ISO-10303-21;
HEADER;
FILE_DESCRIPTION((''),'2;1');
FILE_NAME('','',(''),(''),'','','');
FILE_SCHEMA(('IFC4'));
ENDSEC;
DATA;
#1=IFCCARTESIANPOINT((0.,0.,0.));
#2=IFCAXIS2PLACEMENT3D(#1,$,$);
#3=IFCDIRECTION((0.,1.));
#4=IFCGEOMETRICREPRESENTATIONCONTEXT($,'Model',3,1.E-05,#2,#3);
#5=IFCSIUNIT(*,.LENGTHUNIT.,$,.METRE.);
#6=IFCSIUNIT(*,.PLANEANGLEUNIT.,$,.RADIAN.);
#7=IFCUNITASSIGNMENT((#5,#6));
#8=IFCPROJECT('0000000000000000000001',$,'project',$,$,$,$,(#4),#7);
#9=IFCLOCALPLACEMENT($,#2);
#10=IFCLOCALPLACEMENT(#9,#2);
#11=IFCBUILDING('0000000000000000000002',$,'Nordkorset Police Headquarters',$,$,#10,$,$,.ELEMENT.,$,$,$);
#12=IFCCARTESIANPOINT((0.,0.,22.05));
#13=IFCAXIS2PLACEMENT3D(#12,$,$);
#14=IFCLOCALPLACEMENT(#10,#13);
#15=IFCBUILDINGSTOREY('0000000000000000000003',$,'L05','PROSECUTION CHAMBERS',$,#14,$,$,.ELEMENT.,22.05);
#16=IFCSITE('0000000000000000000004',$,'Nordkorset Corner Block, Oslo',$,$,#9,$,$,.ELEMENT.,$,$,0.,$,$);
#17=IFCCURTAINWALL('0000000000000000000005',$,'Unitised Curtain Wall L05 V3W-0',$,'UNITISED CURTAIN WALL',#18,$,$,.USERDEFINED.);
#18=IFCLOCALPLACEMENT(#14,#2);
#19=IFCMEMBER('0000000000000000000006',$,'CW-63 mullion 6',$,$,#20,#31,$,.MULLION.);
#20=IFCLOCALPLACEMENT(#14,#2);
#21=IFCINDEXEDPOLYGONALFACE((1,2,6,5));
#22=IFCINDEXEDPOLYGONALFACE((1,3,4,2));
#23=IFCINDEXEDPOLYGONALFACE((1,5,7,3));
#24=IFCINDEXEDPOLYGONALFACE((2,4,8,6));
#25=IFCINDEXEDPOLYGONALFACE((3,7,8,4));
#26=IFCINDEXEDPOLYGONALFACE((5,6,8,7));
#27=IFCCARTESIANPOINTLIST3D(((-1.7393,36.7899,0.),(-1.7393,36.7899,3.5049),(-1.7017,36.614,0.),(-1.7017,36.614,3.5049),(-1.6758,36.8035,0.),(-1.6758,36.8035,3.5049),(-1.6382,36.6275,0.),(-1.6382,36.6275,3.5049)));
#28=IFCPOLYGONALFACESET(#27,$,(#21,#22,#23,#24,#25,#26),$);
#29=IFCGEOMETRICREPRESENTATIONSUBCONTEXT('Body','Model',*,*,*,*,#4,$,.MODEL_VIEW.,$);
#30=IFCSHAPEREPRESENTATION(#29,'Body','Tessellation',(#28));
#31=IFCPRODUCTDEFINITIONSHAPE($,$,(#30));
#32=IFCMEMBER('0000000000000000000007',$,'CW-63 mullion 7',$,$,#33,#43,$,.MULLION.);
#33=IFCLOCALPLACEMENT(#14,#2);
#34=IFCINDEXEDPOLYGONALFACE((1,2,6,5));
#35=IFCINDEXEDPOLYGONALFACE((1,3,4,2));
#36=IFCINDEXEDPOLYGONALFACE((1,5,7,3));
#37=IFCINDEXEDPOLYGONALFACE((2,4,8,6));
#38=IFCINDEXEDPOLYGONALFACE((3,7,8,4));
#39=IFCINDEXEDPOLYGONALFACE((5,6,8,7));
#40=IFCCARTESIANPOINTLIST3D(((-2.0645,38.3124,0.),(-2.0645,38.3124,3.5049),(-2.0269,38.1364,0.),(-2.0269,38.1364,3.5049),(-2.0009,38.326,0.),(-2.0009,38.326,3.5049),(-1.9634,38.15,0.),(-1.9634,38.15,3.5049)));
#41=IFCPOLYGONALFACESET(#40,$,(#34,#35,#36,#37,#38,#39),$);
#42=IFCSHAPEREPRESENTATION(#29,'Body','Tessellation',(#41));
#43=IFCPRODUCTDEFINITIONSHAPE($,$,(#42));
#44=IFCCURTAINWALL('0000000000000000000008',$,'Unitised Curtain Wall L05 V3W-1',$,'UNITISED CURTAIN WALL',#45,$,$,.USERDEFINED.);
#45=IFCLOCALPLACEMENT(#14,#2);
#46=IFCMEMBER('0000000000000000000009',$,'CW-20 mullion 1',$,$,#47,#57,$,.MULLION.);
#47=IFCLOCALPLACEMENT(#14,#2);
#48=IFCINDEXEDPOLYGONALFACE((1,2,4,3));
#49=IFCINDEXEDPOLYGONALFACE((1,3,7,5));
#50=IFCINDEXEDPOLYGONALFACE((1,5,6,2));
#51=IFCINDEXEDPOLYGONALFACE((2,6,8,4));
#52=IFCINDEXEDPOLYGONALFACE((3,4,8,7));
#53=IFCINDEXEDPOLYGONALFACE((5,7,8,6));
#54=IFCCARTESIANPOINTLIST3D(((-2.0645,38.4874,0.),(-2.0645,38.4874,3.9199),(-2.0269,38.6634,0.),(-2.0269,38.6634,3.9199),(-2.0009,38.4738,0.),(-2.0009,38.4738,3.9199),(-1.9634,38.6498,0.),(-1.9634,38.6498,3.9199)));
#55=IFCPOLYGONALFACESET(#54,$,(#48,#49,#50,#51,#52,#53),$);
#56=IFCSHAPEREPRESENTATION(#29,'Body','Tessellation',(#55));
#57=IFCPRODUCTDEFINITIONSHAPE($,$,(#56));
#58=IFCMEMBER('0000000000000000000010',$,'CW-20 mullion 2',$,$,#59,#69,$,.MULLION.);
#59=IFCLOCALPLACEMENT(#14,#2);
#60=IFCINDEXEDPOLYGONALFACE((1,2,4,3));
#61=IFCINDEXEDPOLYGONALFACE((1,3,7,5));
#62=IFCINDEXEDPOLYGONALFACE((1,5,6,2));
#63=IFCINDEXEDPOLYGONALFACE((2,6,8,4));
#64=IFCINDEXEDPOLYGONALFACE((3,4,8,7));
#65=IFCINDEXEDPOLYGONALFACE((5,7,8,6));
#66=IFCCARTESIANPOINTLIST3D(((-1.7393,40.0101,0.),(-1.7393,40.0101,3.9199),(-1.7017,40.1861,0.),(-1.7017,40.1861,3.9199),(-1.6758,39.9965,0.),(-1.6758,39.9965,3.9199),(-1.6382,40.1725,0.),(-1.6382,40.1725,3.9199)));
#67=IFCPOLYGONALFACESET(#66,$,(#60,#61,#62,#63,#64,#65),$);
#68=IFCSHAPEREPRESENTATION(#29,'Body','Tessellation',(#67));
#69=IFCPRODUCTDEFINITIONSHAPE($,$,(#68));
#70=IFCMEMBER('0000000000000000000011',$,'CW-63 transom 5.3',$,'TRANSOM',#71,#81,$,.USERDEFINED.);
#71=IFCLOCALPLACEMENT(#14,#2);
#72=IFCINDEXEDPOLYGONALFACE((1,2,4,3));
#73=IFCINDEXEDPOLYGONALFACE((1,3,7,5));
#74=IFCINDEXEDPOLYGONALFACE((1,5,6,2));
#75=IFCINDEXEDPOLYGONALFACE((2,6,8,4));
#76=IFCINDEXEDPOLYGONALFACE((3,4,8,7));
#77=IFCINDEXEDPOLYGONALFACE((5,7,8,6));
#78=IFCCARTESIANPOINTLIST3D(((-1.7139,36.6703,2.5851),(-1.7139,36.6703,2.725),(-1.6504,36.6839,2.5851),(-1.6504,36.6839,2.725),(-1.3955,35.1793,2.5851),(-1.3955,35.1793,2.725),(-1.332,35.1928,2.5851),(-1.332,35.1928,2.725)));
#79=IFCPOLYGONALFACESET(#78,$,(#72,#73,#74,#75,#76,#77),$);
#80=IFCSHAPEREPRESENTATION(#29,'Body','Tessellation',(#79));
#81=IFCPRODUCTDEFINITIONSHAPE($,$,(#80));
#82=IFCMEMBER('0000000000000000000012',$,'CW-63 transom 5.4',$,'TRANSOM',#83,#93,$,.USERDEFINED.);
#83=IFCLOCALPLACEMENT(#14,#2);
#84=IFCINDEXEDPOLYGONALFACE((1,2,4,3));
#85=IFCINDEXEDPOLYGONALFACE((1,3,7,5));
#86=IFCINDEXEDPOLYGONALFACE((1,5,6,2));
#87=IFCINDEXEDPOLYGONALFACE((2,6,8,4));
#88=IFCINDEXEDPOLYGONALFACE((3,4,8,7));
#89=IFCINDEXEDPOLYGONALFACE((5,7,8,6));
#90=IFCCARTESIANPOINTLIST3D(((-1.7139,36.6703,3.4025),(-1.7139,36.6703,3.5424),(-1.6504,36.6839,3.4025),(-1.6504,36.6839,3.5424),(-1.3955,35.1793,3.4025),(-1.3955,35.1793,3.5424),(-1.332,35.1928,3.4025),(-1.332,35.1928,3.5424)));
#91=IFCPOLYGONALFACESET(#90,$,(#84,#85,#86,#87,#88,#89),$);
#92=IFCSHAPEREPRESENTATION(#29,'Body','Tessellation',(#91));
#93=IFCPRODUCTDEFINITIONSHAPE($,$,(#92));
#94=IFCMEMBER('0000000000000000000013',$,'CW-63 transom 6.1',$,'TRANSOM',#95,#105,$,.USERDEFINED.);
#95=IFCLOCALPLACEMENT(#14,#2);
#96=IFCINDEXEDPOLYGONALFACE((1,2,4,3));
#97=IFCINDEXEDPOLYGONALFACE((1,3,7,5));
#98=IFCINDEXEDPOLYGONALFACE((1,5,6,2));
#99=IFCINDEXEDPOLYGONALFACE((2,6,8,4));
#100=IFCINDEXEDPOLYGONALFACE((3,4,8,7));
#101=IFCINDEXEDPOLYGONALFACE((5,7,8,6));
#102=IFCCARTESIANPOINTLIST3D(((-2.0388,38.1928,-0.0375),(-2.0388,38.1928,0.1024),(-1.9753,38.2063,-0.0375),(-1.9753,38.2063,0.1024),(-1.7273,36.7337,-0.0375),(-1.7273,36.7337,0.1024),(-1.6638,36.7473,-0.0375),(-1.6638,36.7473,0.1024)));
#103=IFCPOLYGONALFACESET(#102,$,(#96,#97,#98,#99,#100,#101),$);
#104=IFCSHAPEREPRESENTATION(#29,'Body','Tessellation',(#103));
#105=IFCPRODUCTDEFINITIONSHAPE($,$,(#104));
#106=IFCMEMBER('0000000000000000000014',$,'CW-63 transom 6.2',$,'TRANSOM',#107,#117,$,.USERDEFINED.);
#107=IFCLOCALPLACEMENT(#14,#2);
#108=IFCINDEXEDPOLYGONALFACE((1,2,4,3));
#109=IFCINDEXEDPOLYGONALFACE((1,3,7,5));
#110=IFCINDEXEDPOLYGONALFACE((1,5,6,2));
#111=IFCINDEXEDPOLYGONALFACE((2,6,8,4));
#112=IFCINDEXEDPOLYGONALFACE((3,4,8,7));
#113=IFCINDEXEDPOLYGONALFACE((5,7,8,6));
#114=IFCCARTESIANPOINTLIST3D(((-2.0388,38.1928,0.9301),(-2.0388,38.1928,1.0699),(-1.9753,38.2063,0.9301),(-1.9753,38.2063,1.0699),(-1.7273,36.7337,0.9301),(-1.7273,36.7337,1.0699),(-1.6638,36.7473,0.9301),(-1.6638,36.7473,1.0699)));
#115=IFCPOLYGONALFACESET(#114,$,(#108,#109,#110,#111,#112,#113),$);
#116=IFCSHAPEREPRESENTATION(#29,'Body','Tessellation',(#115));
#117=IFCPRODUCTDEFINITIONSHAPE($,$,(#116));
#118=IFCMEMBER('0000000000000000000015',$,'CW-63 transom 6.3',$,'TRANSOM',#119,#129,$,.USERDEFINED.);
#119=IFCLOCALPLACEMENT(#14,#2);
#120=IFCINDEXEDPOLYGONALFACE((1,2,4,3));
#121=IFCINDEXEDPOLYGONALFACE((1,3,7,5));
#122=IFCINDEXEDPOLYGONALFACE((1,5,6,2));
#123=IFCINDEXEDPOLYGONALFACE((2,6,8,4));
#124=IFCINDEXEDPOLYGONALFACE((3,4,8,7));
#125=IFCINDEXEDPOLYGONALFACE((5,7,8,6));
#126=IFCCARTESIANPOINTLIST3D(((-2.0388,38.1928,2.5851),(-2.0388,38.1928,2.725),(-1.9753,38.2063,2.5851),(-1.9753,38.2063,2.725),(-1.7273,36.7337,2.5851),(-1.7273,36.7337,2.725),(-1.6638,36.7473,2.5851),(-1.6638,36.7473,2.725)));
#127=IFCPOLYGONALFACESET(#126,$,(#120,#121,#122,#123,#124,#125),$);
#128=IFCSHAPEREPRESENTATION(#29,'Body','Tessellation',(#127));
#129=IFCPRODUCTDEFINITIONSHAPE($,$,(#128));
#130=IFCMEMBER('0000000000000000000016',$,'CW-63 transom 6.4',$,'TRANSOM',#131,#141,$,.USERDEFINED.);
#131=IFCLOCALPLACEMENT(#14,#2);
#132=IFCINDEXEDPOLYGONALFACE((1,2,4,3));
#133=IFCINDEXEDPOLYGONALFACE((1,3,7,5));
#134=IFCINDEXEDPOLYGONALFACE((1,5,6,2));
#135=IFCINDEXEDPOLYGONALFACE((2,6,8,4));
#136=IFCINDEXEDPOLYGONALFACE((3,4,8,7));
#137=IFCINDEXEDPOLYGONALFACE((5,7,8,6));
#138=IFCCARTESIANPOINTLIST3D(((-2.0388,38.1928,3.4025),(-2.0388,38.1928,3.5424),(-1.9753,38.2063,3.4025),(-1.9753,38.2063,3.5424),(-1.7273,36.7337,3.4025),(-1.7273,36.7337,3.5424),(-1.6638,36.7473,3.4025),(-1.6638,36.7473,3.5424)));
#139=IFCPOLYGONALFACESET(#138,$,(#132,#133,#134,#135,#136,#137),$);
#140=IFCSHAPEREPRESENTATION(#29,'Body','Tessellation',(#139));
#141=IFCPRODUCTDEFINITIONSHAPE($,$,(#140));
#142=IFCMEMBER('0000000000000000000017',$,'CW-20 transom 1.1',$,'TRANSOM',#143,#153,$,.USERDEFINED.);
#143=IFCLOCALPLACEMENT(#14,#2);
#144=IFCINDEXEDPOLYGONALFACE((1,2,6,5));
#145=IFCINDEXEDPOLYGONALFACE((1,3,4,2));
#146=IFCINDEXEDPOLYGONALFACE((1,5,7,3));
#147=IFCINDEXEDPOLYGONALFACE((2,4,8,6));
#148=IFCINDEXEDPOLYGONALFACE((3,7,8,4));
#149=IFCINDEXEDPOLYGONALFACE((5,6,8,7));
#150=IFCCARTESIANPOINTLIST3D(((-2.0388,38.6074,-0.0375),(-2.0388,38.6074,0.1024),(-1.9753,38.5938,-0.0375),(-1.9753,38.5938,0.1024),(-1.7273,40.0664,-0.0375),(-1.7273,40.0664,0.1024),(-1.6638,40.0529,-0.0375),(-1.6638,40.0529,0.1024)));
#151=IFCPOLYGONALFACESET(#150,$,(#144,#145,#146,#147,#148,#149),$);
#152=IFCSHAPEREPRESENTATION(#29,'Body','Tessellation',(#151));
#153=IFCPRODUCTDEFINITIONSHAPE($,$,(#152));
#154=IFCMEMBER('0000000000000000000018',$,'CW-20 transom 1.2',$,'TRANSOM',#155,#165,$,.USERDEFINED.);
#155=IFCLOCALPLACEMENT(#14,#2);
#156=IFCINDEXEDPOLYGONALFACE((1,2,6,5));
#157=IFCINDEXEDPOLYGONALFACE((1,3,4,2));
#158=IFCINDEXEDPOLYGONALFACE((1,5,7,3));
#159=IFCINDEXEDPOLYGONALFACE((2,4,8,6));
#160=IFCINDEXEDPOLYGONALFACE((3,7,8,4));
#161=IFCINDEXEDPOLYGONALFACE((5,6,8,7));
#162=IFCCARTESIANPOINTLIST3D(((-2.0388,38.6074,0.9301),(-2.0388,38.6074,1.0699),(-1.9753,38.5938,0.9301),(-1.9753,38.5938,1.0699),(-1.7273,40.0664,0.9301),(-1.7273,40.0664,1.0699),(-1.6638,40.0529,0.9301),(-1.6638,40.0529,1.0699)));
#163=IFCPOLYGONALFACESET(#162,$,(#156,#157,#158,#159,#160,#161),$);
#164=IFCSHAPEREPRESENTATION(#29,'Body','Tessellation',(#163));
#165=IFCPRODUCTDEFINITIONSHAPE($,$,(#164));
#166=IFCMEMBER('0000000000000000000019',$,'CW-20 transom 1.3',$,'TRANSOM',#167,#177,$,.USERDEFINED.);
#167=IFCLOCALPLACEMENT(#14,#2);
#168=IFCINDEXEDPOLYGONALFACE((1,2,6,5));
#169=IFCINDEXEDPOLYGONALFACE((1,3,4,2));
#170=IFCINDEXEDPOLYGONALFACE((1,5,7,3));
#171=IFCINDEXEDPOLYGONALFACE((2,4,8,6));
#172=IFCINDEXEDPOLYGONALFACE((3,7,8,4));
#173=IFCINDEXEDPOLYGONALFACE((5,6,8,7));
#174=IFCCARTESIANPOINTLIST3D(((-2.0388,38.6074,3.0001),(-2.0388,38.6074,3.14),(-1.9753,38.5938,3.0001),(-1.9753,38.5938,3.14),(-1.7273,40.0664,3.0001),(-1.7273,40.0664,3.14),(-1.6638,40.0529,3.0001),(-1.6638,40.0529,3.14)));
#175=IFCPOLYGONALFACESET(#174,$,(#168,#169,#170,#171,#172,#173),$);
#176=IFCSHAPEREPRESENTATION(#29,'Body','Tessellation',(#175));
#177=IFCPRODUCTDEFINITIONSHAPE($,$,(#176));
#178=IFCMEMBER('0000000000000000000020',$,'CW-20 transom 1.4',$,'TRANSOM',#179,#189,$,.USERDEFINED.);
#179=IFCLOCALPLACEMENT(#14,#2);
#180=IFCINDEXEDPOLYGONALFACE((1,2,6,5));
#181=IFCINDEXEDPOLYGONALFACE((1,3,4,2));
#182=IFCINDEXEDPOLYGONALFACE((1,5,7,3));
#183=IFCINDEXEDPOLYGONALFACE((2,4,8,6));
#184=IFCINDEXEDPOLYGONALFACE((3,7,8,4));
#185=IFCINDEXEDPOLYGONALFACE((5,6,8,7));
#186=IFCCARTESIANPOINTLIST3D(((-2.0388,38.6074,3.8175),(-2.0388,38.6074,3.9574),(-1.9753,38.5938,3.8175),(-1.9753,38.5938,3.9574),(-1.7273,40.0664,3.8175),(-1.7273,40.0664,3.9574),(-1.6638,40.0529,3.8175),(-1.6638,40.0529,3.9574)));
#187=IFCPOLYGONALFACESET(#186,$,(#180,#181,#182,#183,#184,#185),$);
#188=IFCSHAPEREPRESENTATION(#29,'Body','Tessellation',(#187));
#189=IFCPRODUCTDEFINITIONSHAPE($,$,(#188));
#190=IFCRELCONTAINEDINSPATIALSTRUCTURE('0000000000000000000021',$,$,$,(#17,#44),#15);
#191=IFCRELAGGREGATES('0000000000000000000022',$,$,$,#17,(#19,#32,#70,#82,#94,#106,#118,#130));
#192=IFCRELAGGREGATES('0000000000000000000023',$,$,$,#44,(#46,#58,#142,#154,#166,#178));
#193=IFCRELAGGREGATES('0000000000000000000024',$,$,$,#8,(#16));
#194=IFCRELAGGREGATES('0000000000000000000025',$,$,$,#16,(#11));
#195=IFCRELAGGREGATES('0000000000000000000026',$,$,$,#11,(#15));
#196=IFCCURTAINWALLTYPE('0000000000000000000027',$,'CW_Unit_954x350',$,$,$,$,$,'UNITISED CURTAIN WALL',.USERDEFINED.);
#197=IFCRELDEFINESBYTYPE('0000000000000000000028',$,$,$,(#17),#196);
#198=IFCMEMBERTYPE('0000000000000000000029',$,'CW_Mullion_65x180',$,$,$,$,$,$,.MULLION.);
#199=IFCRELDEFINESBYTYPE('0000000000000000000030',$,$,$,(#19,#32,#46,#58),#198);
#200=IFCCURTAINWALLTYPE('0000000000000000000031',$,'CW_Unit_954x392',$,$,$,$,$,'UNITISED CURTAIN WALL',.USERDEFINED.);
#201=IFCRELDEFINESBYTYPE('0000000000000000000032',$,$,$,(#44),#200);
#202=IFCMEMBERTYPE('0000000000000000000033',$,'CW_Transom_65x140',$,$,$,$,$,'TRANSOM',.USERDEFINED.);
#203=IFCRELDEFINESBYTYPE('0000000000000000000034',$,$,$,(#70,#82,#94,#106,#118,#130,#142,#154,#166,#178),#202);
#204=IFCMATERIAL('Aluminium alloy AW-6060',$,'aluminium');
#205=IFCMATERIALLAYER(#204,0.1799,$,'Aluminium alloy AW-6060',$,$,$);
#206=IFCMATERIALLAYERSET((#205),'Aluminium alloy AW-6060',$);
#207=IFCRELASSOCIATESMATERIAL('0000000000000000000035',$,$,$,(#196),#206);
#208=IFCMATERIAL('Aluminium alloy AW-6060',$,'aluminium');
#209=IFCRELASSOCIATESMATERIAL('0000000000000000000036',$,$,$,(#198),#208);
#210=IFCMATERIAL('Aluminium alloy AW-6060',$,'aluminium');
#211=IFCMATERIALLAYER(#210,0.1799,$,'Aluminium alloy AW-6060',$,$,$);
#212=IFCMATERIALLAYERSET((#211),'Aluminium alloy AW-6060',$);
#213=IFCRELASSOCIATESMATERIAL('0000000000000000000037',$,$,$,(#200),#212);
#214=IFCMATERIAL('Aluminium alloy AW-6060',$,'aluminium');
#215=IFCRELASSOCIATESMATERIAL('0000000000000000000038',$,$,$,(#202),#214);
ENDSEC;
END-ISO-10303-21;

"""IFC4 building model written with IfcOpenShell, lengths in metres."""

from ifc_helpers import new_model, si_unit, direction, frame, origin, origin_2d, place, context, subcontext, project, spatial, rectangle, extrude, material, layer, layer_set, material_profile, profile_set, type_object, element, aggregate, save


model = new_model("IFC4")

# Units and contexts
model_context = context("Model", 3, precision=1e-05, world=origin(), true_north=direction((0.0, 1.0)))
body_context = subcontext(model_context, "Body", "Model", "MODEL_VIEW")
ifc_project = project(units=[si_unit("LENGTHUNIT", "METRE"), si_unit("PLANEANGLEUNIT", "RADIAN")], contexts=[model_context])

# Site, building, storey
site_placement = place(None, origin())
site = spatial("IfcSite", under=ifc_project, at=site_placement, Name="Nordkorset Corner Block, Oslo", CompositionType="ELEMENT", RefElevation=0.0)
building_placement = place(site_placement, origin())
building = spatial("IfcBuilding", under=site, at=building_placement, Name="Nordkorset Police Headquarters", CompositionType="ELEMENT")
storey_placement = place(building_placement, frame((0.0, 0.0, 22.05)))
storey = spatial("IfcBuildingStorey", under=building, at=storey_placement, Name="L05", Description="PROSECUTION CHAMBERS", CompositionType="ELEMENT", Elevation=22.05)

# Curtain walls, members
ifc_material_1 = material(Name="Aluminium alloy AW-6060", Category="aluminium")
ifc_layer_1 = layer(ifc_material_1, 0.1799, Name="Aluminium alloy AW-6060")
ifc_layer_set_1 = layer_set([ifc_layer_1], Name="Aluminium alloy AW-6060")
curtain_wall_type_1 = type_object("IfcCurtainWallType", Name="CW_Unit_954x350", ElementType="UNITISED CURTAIN WALL", PredefinedType="USERDEFINED", material=ifc_layer_set_1)
curtain_wall_1_placement = place(storey_placement, origin())
curtain_wall_1 = element("IfcCurtainWall", 1, at=curtain_wall_1_placement, inside=storey, type_object=curtain_wall_type_1, Name="Unitised Curtain Wall L05 V3W-0", ObjectType="UNITISED CURTAIN WALL", PredefinedType="USERDEFINED")
ifc_material_2 = material(Name="Aluminium alloy AW-6060", Category="aluminium")
ifc_material_profile_1 = material_profile(ifc_material_2, rectangle(XDim=0.0649, YDim=0.1799, at=origin_2d()), Name="ALU MULL 65x180")
ifc_profile_set_1 = profile_set([ifc_material_profile_1], Name="Aluminium alloy AW-6060")
member_type_1 = type_object("IfcMemberType", Name="CW_Mullion_65x180", PredefinedType="MULLION", material=ifc_profile_set_1)
member_1_placement = place(storey_placement, frame((-1.6887, 36.7087, 0.0), z_axis=(0.0, 0.0, 1.0), x_axis=(-0.977951, -0.208833, 0.0)))
member_1 = element("IfcMember", 2, at=member_1_placement, type_object=member_type_1, Name="CW-63 mullion 6", PredefinedType="MULLION", context=body_context, shape_type="SweptSolid", body=[
    extrude(rectangle(XDim=0.0649, YDim=0.1799, at=origin_2d()), origin(), (0.0, 0.0, 1.0), 3.5049),
])
member_2_placement = place(storey_placement, frame((-2.0139, 38.2312, 0.0), z_axis=(0.0, 0.0, 1.0), x_axis=(-0.977951, -0.208833, 0.0)))
member_2 = element("IfcMember", 3, at=member_2_placement, type_object=member_type_1, Name="CW-63 mullion 7", PredefinedType="MULLION", context=body_context, shape_type="SweptSolid", body=[
    extrude(rectangle(XDim=0.0649, YDim=0.1799, at=origin_2d()), origin(), (0.0, 0.0, 1.0), 3.5049),
])
ifc_material_3 = material(Name="Aluminium alloy AW-6060", Category="aluminium")
ifc_layer_2 = layer(ifc_material_3, 0.1799, Name="Aluminium alloy AW-6060")
ifc_layer_set_2 = layer_set([ifc_layer_2], Name="Aluminium alloy AW-6060")
curtain_wall_type_2 = type_object("IfcCurtainWallType", Name="CW_Unit_954x392", ElementType="UNITISED CURTAIN WALL", PredefinedType="USERDEFINED", material=ifc_layer_set_2)
curtain_wall_2_placement = place(storey_placement, origin())
curtain_wall_2 = element("IfcCurtainWall", 4, at=curtain_wall_2_placement, inside=storey, type_object=curtain_wall_type_2, Name="Unitised Curtain Wall L05 V3W-1", ObjectType="UNITISED CURTAIN WALL", PredefinedType="USERDEFINED")
member_3_placement = place(storey_placement, frame((-2.0139, 38.5686, 0.0), z_axis=(0.0, 0.0, 1.0), x_axis=(-0.977951, 0.208833, 0.0)))
member_3 = element("IfcMember", 5, at=member_3_placement, type_object=member_type_1, Name="CW-20 mullion 1", PredefinedType="MULLION", context=body_context, shape_type="SweptSolid", body=[
    extrude(rectangle(XDim=0.0649, YDim=0.1799, at=origin_2d()), origin(), (0.0, 0.0, 1.0), 3.9199),
])
member_4_placement = place(storey_placement, frame((-1.6887, 40.0913, 0.0), z_axis=(0.0, 0.0, 1.0), x_axis=(-0.977951, 0.208833, 0.0)))
member_4 = element("IfcMember", 6, at=member_4_placement, type_object=member_type_1, Name="CW-20 mullion 2", PredefinedType="MULLION", context=body_context, shape_type="SweptSolid", body=[
    extrude(rectangle(XDim=0.0649, YDim=0.1799, at=origin_2d()), origin(), (0.0, 0.0, 1.0), 3.9199),
])

# Members
ifc_material_4 = material(Name="Aluminium alloy AW-6060", Category="aluminium")
ifc_material_profile_2 = material_profile(ifc_material_4, rectangle(XDim=0.0649, YDim=0.1399, at=origin_2d()), Name="ALU TRAN 65x140")
ifc_profile_set_2 = profile_set([ifc_material_profile_2], Name="Aluminium alloy AW-6060")
member_type_2 = type_object("IfcMemberType", Name="CW_Transom_65x140", ElementType="TRANSOM", PredefinedType="USERDEFINED", material=ifc_profile_set_2)
member_5_placement = place(storey_placement, frame((-1.3638, 35.186, 2.655), z_axis=(-0.208818, 0.977954, 0.0), x_axis=(-0.977954, -0.208818, 0.0)))
member_5 = element("IfcMember", 7, at=member_5_placement, type_object=member_type_2, Name="CW-63 transom 5.3", ObjectType="TRANSOM", PredefinedType="USERDEFINED", context=body_context, shape_type="SweptSolid", body=[
    extrude(rectangle(XDim=0.0649, YDim=0.1399, at=origin_2d()), origin(), (0.0, 0.0, 1.0), 1.5247),
])
member_6_placement = place(storey_placement, frame((-1.3638, 35.186, 3.4724), z_axis=(-0.208818, 0.977954, 0.0), x_axis=(-0.977954, -0.208818, 0.0)))
member_6 = element("IfcMember", 8, at=member_6_placement, type_object=member_type_2, Name="CW-63 transom 5.4", ObjectType="TRANSOM", PredefinedType="USERDEFINED", context=body_context, shape_type="SweptSolid", body=[
    extrude(rectangle(XDim=0.0649, YDim=0.1399, at=origin_2d()), origin(), (0.0, 0.0, 1.0), 1.5247),
])
member_7_placement = place(storey_placement, frame((-1.6956, 36.7405, 0.0325), z_axis=(-0.208814, 0.977955, 0.0), x_axis=(-0.977955, -0.208814, 0.0)))
member_7 = element("IfcMember", 9, at=member_7_placement, type_object=member_type_2, Name="CW-63 transom 6.1", ObjectType="TRANSOM", PredefinedType="USERDEFINED", context=body_context, shape_type="SweptSolid", body=[
    extrude(rectangle(XDim=0.0649, YDim=0.1399, at=origin_2d()), origin(), (0.0, 0.0, 1.0), 1.4919),
])
member_8_placement = place(storey_placement, frame((-1.6956, 36.7405, 1.0), z_axis=(-0.208814, 0.977955, 0.0), x_axis=(-0.977955, -0.208814, 0.0)))
member_8 = element("IfcMember", 10, at=member_8_placement, type_object=member_type_2, Name="CW-63 transom 6.2", ObjectType="TRANSOM", PredefinedType="USERDEFINED", context=body_context, shape_type="SweptSolid", body=[
    extrude(rectangle(XDim=0.0649, YDim=0.1399, at=origin_2d()), origin(), (0.0, 0.0, 1.0), 1.4919),
])
member_9_placement = place(storey_placement, frame((-1.6956, 36.7405, 2.655), z_axis=(-0.208814, 0.977955, 0.0), x_axis=(-0.977955, -0.208814, 0.0)))
member_9 = element("IfcMember", 11, at=member_9_placement, type_object=member_type_2, Name="CW-63 transom 6.3", ObjectType="TRANSOM", PredefinedType="USERDEFINED", context=body_context, shape_type="SweptSolid", body=[
    extrude(rectangle(XDim=0.0649, YDim=0.1399, at=origin_2d()), origin(), (0.0, 0.0, 1.0), 1.4919),
])
member_10_placement = place(storey_placement, frame((-1.6956, 36.7405, 3.4724), z_axis=(-0.208814, 0.977955, 0.0), x_axis=(-0.977955, -0.208814, 0.0)))
member_10 = element("IfcMember", 12, at=member_10_placement, type_object=member_type_2, Name="CW-63 transom 6.4", ObjectType="TRANSOM", PredefinedType="USERDEFINED", context=body_context, shape_type="SweptSolid", body=[
    extrude(rectangle(XDim=0.0649, YDim=0.1399, at=origin_2d()), origin(), (0.0, 0.0, 1.0), 1.4919),
])
member_11_placement = place(storey_placement, frame((-2.0071, 38.6006, 0.0325), z_axis=(0.208814, 0.977955, 0.0), x_axis=(-0.977955, 0.208814, 0.0)))
member_11 = element("IfcMember", 13, at=member_11_placement, type_object=member_type_2, Name="CW-20 transom 1.1", ObjectType="TRANSOM", PredefinedType="USERDEFINED", context=body_context, shape_type="SweptSolid", body=[
    extrude(rectangle(XDim=0.0649, YDim=0.1399, at=origin_2d()), origin(), (0.0, 0.0, 1.0), 1.4919),
])
member_12_placement = place(storey_placement, frame((-2.0071, 38.6006, 1.0), z_axis=(0.208814, 0.977955, 0.0), x_axis=(-0.977955, 0.208814, 0.0)))
member_12 = element("IfcMember", 14, at=member_12_placement, type_object=member_type_2, Name="CW-20 transom 1.2", ObjectType="TRANSOM", PredefinedType="USERDEFINED", context=body_context, shape_type="SweptSolid", body=[
    extrude(rectangle(XDim=0.0649, YDim=0.1399, at=origin_2d()), origin(), (0.0, 0.0, 1.0), 1.4919),
])
member_13_placement = place(storey_placement, frame((-2.0071, 38.6006, 3.0701), z_axis=(0.208814, 0.977955, 0.0), x_axis=(-0.977955, 0.208814, 0.0)))
member_13 = element("IfcMember", 15, at=member_13_placement, type_object=member_type_2, Name="CW-20 transom 1.3", ObjectType="TRANSOM", PredefinedType="USERDEFINED", context=body_context, shape_type="SweptSolid", body=[
    extrude(rectangle(XDim=0.0649, YDim=0.1399, at=origin_2d()), origin(), (0.0, 0.0, 1.0), 1.4919),
])
member_14_placement = place(storey_placement, frame((-2.0071, 38.6006, 3.8875), z_axis=(0.208814, 0.977955, 0.0), x_axis=(-0.977955, 0.208814, 0.0)))
member_14 = element("IfcMember", 16, at=member_14_placement, type_object=member_type_2, Name="CW-20 transom 1.4", ObjectType="TRANSOM", PredefinedType="USERDEFINED", context=body_context, shape_type="SweptSolid", body=[
    extrude(rectangle(XDim=0.0649, YDim=0.1399, at=origin_2d()), origin(), (0.0, 0.0, 1.0), 1.4919),
])

aggregate(curtain_wall_1, [member_1, member_2, member_5, member_6, member_7, member_8, member_9, member_10])
aggregate(curtain_wall_2, [member_3, member_4, member_11, member_12, member_13, member_14])

save(model, "model.ifc")
